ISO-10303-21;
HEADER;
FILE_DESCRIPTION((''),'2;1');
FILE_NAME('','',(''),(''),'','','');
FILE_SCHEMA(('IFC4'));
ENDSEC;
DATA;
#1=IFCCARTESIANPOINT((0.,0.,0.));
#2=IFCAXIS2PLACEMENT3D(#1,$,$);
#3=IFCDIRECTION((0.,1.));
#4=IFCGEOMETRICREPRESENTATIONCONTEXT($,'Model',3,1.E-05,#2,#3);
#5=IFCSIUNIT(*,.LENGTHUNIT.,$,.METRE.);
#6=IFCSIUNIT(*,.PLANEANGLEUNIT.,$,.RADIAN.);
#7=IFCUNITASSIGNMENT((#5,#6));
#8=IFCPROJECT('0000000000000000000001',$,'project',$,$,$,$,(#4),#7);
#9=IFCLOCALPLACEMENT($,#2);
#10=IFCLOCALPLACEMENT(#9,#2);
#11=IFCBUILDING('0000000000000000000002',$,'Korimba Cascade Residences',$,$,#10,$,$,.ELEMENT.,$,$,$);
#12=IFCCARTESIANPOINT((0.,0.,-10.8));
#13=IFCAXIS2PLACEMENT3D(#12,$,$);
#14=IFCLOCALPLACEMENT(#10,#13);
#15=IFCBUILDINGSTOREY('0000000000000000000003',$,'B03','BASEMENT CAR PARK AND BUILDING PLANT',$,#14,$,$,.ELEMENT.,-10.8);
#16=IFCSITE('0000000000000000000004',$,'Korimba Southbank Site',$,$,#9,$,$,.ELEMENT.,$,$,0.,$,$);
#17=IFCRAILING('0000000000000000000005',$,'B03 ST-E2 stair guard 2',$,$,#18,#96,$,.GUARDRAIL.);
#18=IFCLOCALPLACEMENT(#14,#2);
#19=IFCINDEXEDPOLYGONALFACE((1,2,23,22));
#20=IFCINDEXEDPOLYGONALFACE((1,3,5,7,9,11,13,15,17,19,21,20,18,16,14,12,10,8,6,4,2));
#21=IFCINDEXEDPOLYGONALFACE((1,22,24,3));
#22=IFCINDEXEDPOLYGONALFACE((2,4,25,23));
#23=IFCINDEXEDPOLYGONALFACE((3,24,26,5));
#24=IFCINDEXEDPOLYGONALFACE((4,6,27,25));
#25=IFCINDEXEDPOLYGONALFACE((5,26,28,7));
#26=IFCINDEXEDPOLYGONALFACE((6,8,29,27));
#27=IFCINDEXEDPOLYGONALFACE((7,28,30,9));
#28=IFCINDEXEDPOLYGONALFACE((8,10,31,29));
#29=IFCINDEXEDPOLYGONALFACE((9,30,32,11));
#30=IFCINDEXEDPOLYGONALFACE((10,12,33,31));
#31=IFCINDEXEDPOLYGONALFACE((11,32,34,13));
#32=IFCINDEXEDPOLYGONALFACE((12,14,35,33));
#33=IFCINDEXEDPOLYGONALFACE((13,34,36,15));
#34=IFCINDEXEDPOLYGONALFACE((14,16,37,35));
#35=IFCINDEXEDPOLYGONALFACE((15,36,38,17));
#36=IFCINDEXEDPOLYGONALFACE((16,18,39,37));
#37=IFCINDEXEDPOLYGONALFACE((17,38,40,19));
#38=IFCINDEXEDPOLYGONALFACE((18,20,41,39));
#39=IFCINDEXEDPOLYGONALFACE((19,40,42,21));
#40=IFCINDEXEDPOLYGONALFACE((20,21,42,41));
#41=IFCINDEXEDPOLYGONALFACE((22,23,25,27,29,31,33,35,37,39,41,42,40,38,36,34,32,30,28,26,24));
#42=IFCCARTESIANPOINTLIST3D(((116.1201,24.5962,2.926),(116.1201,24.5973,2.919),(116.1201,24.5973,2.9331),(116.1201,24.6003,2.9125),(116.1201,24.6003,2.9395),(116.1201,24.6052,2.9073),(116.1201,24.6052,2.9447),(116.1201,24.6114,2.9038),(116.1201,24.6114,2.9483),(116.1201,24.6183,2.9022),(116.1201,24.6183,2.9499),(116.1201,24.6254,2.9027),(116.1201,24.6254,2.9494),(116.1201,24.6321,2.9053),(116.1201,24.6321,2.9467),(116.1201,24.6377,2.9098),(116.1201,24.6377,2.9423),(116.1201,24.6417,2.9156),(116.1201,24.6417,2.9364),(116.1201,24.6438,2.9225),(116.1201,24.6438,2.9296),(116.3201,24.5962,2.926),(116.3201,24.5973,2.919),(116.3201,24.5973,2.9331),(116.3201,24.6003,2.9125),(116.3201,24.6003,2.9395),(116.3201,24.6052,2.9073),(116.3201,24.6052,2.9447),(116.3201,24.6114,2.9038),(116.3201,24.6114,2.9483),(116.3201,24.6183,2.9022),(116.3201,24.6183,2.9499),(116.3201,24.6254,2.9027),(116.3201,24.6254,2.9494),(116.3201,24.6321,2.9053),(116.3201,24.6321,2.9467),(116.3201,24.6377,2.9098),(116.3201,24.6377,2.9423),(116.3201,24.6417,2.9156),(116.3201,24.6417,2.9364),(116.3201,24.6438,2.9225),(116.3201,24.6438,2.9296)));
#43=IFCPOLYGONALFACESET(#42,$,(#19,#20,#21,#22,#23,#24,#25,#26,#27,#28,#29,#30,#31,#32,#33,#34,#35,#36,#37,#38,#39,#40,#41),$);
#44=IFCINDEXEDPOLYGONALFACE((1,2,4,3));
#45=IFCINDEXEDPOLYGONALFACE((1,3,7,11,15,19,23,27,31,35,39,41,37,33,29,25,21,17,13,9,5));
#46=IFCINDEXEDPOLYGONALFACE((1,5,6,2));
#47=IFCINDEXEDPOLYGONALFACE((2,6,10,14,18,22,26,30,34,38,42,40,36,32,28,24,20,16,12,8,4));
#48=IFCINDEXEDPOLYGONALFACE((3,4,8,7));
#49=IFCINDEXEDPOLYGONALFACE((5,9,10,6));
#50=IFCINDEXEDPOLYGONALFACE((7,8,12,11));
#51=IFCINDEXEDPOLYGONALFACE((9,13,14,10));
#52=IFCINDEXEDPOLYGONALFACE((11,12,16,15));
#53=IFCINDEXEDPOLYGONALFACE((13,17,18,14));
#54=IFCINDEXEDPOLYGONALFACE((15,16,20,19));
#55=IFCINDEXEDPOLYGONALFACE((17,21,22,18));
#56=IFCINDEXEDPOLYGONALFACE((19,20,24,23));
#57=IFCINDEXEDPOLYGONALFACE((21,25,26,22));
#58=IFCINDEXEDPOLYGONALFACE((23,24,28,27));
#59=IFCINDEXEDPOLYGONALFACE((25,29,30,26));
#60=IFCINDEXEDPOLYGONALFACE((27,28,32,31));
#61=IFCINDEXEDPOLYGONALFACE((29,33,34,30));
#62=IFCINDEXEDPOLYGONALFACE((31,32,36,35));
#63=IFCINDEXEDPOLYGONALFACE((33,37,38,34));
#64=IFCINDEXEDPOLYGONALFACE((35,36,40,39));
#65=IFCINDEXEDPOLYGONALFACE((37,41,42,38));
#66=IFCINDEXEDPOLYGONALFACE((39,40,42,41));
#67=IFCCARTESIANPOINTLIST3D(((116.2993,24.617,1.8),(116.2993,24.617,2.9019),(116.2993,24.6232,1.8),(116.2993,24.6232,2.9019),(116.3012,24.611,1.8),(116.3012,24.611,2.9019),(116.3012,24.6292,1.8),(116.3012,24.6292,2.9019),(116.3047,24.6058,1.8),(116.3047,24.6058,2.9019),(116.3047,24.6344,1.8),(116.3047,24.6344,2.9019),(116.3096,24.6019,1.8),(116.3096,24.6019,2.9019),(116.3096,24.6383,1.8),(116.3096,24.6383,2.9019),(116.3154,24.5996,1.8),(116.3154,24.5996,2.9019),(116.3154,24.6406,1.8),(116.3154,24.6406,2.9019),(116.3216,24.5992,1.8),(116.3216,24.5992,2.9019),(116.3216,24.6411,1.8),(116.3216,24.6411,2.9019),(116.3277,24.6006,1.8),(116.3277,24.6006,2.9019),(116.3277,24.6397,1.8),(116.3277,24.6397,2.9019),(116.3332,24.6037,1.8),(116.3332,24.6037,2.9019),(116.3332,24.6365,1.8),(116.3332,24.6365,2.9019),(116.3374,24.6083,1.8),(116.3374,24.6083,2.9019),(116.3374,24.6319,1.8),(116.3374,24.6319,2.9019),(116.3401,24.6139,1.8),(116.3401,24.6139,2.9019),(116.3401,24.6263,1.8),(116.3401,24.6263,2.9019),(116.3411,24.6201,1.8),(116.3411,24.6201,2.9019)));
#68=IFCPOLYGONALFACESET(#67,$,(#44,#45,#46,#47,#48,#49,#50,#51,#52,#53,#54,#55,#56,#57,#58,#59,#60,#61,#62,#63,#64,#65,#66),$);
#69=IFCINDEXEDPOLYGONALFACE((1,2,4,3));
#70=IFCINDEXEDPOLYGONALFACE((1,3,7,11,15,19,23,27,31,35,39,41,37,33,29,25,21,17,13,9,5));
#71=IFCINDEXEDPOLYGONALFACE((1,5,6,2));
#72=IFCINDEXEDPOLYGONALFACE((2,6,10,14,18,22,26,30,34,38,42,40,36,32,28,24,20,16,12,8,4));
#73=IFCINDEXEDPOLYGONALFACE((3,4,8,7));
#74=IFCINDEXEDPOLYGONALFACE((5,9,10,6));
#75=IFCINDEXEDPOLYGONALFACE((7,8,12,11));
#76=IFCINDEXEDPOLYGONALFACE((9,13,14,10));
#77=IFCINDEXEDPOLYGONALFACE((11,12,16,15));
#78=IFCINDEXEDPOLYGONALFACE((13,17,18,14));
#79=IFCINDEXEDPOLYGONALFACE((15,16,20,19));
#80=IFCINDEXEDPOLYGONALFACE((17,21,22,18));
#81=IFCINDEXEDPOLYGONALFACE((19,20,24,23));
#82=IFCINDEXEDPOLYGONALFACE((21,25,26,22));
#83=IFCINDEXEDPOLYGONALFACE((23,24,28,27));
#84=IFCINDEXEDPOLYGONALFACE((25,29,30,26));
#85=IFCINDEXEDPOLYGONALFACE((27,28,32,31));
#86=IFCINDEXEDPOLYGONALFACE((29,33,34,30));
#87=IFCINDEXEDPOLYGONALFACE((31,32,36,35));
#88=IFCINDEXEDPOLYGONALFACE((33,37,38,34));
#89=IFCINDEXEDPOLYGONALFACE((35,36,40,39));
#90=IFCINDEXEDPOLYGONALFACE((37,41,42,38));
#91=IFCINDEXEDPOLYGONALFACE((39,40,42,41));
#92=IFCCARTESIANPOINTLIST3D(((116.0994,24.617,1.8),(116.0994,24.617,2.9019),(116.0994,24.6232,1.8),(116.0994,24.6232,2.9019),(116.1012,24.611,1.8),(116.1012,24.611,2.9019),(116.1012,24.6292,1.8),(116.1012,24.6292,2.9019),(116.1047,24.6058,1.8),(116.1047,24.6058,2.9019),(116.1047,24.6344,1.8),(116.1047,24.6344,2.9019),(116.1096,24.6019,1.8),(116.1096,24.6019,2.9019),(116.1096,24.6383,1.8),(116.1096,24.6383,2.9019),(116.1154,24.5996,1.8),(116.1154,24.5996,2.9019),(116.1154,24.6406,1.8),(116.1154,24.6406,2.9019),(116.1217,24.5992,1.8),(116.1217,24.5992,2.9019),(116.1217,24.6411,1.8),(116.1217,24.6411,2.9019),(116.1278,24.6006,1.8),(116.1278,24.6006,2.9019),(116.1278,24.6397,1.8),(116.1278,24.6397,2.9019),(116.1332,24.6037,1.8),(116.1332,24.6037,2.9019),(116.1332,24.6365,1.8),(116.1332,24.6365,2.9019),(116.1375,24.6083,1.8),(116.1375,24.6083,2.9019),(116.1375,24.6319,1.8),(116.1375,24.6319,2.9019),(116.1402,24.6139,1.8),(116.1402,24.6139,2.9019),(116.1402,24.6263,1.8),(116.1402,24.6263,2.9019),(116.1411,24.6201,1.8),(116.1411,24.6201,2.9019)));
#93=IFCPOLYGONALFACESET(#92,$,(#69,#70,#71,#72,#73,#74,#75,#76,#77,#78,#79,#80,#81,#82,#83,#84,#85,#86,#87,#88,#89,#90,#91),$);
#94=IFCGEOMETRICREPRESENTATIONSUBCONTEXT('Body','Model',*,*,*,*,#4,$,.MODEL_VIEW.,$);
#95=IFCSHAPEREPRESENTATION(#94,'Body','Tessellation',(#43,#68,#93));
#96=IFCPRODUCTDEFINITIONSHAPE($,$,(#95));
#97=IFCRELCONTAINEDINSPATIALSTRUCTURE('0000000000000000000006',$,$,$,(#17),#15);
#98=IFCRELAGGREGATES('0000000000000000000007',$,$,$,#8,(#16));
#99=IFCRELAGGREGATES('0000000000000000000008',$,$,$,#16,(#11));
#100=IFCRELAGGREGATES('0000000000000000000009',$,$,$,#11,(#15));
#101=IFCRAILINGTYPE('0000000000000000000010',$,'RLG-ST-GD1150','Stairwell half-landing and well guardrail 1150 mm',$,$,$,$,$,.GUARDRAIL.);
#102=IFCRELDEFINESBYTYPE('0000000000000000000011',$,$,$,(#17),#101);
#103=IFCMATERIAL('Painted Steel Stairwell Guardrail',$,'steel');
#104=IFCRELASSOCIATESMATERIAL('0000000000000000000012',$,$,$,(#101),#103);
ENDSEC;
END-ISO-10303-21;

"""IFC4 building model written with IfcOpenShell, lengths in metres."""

from ifc_helpers import new_model, si_unit, direction, frame, origin, origin_2d, place, context, subcontext, project, spatial, circle, extrude, material, type_object, element, save


model = new_model("IFC4")

# Units and contexts
model_context = context("Model", 3, precision=1e-05, world=origin(), true_north=direction((0.0, 1.0)))
body_context = subcontext(model_context, "Body", "Model", "MODEL_VIEW")
ifc_project = project(units=[si_unit("LENGTHUNIT", "METRE"), si_unit("PLANEANGLEUNIT", "RADIAN")], contexts=[model_context])

# Site, building, storey
site_placement = place(None, origin())
site = spatial("IfcSite", under=ifc_project, at=site_placement, Name="Korimba Southbank Site", CompositionType="ELEMENT", RefElevation=0.0)
building_placement = place(site_placement, origin())
building = spatial("IfcBuilding", under=site, at=building_placement, Name="Korimba Cascade Residences", CompositionType="ELEMENT")
storey_placement = place(building_placement, frame((0.0, 0.0, -10.8)))
storey = spatial("IfcBuildingStorey", under=building, at=storey_placement, Name="B03", Description="BASEMENT CAR PARK AND BUILDING PLANT", CompositionType="ELEMENT", Elevation=-10.8)

# Railing
ifc_material_1 = material(Name="Painted Steel Stairwell Guardrail", Category="steel")
railing_type_1 = type_object("IfcRailingType", Name="RLG-ST-GD1150", Description="Stairwell half-landing and well guardrail 1150 mm", PredefinedType="GUARDRAIL", material=ifc_material_1)
railing_1_placement = place(storey_placement, frame((116.3201, 24.6201, 1.8)))
element("IfcRailing", 1, at=railing_1_placement, inside=storey, type_object=railing_type_1, Name="B03 ST-E2 stair guard 2", PredefinedType="GUARDRAIL", context=body_context, shape_type="SweptSolid", body=[
    extrude(circle(Radius=0.0239, at=origin_2d()), frame((0.0, 0.0, 1.126), z_axis=(-1.0, 0.0, 0.0), x_axis=(0.0, -1.0, 0.0)), (0.0, 0.0, 1.0), 0.2),
    extrude(circle(Radius=0.021, at=origin_2d()), origin(), (0.0, 0.0, 1.0), 1.1018),
    extrude(circle(Radius=0.021, at=origin_2d()), frame((-0.2, 0.0, 0.0)), (0.0, 0.0, 1.0), 1.1018),
])

save(model, "model.ifc")
